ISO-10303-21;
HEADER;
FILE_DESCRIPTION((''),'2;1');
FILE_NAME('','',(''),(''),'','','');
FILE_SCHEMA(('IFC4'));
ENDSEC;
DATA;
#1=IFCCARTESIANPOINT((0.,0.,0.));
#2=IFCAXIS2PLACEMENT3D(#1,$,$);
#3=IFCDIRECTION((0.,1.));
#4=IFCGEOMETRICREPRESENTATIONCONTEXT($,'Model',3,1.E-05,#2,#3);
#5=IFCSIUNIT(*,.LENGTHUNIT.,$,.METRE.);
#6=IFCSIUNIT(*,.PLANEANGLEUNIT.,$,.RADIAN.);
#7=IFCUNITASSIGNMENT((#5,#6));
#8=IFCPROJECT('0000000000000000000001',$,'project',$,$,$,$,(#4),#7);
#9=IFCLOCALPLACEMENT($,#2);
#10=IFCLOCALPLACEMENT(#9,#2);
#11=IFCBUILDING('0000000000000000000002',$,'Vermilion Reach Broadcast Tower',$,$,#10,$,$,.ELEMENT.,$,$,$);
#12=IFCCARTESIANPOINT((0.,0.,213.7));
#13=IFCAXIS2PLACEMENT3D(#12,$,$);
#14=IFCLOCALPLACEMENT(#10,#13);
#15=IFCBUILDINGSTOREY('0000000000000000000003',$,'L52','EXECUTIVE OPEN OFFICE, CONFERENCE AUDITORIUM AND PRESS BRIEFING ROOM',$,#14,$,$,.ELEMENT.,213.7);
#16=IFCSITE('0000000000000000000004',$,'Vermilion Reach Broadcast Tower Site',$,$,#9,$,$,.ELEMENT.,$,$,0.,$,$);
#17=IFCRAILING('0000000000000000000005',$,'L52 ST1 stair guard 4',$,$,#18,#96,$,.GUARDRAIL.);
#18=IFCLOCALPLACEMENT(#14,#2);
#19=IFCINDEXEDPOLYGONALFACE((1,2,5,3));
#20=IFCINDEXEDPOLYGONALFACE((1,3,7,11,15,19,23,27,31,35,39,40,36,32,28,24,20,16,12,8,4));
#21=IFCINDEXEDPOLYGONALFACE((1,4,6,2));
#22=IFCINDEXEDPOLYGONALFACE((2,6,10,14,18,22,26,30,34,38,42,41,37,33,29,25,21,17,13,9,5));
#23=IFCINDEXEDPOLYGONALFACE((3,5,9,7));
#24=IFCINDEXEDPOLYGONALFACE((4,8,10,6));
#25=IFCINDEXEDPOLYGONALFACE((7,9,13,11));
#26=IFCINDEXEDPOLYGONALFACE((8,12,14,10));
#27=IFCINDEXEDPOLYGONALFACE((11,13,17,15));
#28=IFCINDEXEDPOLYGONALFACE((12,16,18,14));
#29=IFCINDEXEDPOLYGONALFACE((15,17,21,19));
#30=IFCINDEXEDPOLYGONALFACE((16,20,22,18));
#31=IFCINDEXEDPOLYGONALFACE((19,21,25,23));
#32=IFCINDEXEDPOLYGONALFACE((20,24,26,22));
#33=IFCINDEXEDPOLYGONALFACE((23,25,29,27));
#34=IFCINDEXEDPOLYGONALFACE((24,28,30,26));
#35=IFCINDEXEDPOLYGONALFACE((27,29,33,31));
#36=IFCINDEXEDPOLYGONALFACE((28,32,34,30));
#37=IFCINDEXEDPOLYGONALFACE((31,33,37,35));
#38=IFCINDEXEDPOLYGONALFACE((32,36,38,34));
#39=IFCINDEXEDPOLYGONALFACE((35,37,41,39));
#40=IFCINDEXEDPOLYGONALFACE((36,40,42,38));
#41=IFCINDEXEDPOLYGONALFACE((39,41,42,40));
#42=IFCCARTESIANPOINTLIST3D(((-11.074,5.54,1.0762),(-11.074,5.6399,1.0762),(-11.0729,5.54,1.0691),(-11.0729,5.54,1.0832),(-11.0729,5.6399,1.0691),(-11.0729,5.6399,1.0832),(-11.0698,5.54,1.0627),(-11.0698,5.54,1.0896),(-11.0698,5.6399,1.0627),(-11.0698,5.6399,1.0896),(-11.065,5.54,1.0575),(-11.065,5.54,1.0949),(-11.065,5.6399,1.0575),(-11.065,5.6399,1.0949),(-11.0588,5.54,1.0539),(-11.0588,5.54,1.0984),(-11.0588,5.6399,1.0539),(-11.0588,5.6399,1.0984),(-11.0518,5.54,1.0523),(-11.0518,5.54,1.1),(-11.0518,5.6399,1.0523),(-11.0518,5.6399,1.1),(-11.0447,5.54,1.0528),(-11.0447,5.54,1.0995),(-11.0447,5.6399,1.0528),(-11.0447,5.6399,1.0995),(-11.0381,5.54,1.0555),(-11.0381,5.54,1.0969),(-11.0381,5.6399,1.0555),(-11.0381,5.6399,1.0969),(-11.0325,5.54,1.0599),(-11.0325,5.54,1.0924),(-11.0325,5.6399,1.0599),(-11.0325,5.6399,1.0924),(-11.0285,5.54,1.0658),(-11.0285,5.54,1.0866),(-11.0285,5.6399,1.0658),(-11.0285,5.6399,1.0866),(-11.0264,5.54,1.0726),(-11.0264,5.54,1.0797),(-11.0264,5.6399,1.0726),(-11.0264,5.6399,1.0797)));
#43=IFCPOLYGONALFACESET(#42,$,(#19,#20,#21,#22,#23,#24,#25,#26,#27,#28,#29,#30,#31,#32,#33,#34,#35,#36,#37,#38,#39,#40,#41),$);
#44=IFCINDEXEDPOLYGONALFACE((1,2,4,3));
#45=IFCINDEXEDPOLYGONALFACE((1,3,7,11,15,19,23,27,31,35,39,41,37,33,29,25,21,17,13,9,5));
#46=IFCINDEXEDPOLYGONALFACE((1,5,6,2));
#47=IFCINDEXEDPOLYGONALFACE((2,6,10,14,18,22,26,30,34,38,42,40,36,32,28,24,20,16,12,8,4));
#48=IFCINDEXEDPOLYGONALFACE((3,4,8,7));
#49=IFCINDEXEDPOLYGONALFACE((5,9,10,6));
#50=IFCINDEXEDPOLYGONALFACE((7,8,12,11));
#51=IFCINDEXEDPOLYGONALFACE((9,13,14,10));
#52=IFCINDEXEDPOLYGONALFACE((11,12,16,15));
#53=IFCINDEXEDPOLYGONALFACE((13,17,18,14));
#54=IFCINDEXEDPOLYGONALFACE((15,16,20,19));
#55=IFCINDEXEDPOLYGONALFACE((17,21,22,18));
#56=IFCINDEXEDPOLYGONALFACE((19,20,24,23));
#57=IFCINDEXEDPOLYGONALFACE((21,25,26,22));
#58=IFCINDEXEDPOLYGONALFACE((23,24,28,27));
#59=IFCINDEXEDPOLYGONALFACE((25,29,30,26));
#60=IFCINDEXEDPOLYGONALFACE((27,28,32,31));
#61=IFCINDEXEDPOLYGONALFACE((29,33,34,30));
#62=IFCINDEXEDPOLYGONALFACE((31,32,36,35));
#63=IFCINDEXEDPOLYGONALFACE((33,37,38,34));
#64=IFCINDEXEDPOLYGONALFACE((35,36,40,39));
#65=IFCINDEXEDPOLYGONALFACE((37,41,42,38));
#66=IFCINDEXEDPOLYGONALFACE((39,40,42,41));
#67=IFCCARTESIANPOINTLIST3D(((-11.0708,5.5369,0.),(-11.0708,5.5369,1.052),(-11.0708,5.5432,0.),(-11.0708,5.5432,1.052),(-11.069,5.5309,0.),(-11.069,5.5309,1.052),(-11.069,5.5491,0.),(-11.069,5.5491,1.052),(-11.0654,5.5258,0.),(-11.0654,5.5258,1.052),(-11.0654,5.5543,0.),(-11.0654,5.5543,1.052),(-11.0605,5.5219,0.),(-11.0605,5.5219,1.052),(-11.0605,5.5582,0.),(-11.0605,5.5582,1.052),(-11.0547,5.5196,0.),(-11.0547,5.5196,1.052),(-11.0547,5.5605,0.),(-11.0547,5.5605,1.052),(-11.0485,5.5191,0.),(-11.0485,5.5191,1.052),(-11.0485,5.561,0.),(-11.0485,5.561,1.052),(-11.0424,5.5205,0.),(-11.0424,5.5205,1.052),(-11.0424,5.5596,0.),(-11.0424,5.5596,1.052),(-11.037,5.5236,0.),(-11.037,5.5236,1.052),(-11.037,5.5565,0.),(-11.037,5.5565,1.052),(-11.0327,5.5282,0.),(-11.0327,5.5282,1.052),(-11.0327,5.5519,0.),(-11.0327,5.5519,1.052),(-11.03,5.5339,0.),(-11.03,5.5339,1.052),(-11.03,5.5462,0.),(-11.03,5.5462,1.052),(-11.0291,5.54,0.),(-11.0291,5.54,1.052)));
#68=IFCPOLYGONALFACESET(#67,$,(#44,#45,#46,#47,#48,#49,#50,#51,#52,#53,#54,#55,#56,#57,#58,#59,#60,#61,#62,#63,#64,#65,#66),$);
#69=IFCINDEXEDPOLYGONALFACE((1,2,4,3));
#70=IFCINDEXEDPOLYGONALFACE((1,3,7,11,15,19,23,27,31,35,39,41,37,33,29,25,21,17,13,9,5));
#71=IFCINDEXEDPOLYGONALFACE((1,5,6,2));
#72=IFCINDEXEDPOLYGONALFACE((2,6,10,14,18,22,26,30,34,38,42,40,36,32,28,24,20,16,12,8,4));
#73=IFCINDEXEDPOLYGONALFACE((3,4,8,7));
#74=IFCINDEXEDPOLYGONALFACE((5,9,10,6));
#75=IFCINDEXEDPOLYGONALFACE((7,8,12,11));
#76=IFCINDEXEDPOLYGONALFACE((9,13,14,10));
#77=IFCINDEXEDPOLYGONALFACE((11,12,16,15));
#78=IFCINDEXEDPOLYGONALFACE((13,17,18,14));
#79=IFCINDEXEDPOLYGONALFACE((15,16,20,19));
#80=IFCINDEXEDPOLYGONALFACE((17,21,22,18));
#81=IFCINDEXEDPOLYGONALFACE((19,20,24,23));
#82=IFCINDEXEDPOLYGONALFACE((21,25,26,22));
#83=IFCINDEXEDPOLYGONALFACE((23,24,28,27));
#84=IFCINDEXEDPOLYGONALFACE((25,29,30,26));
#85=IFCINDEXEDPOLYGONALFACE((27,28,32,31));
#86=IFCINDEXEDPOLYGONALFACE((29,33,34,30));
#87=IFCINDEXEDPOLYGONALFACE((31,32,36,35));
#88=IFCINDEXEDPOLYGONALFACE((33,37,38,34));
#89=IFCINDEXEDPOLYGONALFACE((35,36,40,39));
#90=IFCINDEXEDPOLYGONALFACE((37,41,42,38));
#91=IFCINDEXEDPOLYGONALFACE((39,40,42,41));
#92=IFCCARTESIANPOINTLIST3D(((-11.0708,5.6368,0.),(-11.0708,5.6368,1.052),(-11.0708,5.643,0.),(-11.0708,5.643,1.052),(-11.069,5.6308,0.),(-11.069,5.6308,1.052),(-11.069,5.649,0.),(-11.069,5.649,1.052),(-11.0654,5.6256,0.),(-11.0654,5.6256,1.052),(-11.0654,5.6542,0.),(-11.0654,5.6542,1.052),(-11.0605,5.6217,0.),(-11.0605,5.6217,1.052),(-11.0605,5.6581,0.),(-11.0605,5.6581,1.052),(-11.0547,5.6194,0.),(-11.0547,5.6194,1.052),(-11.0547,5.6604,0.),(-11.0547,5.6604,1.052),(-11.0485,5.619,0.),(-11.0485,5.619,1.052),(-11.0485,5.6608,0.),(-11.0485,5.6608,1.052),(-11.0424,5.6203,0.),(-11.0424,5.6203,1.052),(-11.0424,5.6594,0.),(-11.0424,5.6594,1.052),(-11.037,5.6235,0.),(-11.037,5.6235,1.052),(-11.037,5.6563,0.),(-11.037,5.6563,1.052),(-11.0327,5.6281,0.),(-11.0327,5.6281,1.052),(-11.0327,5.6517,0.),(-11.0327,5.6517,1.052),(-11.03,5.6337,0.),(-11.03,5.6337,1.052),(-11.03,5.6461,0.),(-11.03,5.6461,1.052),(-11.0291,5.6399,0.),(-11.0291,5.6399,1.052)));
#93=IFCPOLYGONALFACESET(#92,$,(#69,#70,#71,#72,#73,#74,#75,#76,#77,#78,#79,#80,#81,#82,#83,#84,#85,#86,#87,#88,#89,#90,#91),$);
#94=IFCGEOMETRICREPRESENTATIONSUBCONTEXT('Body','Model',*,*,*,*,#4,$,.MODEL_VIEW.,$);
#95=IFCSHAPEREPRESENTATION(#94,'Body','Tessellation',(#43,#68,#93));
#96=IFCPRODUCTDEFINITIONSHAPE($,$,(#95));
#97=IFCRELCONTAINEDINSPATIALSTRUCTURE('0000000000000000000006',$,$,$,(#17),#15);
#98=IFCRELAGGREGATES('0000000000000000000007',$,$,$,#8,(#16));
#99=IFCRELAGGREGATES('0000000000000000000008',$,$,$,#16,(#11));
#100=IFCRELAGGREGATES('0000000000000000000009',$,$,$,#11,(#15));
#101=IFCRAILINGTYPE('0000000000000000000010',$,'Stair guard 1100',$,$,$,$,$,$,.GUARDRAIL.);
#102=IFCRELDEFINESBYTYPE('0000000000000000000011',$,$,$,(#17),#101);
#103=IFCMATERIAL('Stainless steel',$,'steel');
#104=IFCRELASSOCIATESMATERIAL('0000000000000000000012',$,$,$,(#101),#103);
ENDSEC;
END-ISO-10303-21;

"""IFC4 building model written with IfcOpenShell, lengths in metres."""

from ifc_helpers import new_model, si_unit, direction, frame, origin, origin_2d, place, context, subcontext, project, spatial, circle, extrude, material, type_object, element, save


model = new_model("IFC4")

# Units and contexts
model_context = context("Model", 3, precision=1e-05, world=origin(), true_north=direction((0.0, 1.0)))
body_context = subcontext(model_context, "Body", "Model", "MODEL_VIEW")
ifc_project = project(units=[si_unit("LENGTHUNIT", "METRE"), si_unit("PLANEANGLEUNIT", "RADIAN")], contexts=[model_context])

# Site, building, storey
site_placement = place(None, origin())
site = spatial("IfcSite", under=ifc_project, at=site_placement, Name="Vermilion Reach Broadcast Tower Site", CompositionType="ELEMENT", RefElevation=0.0)
building_placement = place(site_placement, origin())
building = spatial("IfcBuilding", under=site, at=building_placement, Name="Vermilion Reach Broadcast Tower", CompositionType="ELEMENT")
storey_placement = place(building_placement, frame((0.0, 0.0, 213.7)))
storey = spatial("IfcBuildingStorey", under=building, at=storey_placement, Name="L52", Description="EXECUTIVE OPEN OFFICE, CONFERENCE AUDITORIUM AND PRESS BRIEFING ROOM", CompositionType="ELEMENT", Elevation=213.7)

# Railing
ifc_material_1 = material(Name="Stainless steel", Category="steel")
railing_type_1 = type_object("IfcRailingType", Name="Stair guard 1100", PredefinedType="GUARDRAIL", material=ifc_material_1)
railing_1_placement = place(storey_placement, frame((-11.05, 5.54, 0.0)))
element("IfcRailing", 1, at=railing_1_placement, inside=storey, type_object=railing_type_1, Name="L52 ST1 stair guard 4", PredefinedType="GUARDRAIL", context=body_context, shape_type="SweptSolid", body=[
    extrude(circle(Radius=0.0239, at=origin_2d()), frame((0.0, 0.0, 1.0762), z_axis=(0.0, 1.0, 0.0), x_axis=(-1.0, 0.0, 0.0)), (0.0, 0.0, 1.0), 0.0999),
    extrude(circle(Radius=0.021, at=origin_2d()), origin(), (0.0, 0.0, 1.0), 1.052),
    extrude(circle(Radius=0.021, at=origin_2d()), frame((0.0, 0.0999, 0.0)), (0.0, 0.0, 1.0), 1.052),
])

save(model, "model.ifc")
